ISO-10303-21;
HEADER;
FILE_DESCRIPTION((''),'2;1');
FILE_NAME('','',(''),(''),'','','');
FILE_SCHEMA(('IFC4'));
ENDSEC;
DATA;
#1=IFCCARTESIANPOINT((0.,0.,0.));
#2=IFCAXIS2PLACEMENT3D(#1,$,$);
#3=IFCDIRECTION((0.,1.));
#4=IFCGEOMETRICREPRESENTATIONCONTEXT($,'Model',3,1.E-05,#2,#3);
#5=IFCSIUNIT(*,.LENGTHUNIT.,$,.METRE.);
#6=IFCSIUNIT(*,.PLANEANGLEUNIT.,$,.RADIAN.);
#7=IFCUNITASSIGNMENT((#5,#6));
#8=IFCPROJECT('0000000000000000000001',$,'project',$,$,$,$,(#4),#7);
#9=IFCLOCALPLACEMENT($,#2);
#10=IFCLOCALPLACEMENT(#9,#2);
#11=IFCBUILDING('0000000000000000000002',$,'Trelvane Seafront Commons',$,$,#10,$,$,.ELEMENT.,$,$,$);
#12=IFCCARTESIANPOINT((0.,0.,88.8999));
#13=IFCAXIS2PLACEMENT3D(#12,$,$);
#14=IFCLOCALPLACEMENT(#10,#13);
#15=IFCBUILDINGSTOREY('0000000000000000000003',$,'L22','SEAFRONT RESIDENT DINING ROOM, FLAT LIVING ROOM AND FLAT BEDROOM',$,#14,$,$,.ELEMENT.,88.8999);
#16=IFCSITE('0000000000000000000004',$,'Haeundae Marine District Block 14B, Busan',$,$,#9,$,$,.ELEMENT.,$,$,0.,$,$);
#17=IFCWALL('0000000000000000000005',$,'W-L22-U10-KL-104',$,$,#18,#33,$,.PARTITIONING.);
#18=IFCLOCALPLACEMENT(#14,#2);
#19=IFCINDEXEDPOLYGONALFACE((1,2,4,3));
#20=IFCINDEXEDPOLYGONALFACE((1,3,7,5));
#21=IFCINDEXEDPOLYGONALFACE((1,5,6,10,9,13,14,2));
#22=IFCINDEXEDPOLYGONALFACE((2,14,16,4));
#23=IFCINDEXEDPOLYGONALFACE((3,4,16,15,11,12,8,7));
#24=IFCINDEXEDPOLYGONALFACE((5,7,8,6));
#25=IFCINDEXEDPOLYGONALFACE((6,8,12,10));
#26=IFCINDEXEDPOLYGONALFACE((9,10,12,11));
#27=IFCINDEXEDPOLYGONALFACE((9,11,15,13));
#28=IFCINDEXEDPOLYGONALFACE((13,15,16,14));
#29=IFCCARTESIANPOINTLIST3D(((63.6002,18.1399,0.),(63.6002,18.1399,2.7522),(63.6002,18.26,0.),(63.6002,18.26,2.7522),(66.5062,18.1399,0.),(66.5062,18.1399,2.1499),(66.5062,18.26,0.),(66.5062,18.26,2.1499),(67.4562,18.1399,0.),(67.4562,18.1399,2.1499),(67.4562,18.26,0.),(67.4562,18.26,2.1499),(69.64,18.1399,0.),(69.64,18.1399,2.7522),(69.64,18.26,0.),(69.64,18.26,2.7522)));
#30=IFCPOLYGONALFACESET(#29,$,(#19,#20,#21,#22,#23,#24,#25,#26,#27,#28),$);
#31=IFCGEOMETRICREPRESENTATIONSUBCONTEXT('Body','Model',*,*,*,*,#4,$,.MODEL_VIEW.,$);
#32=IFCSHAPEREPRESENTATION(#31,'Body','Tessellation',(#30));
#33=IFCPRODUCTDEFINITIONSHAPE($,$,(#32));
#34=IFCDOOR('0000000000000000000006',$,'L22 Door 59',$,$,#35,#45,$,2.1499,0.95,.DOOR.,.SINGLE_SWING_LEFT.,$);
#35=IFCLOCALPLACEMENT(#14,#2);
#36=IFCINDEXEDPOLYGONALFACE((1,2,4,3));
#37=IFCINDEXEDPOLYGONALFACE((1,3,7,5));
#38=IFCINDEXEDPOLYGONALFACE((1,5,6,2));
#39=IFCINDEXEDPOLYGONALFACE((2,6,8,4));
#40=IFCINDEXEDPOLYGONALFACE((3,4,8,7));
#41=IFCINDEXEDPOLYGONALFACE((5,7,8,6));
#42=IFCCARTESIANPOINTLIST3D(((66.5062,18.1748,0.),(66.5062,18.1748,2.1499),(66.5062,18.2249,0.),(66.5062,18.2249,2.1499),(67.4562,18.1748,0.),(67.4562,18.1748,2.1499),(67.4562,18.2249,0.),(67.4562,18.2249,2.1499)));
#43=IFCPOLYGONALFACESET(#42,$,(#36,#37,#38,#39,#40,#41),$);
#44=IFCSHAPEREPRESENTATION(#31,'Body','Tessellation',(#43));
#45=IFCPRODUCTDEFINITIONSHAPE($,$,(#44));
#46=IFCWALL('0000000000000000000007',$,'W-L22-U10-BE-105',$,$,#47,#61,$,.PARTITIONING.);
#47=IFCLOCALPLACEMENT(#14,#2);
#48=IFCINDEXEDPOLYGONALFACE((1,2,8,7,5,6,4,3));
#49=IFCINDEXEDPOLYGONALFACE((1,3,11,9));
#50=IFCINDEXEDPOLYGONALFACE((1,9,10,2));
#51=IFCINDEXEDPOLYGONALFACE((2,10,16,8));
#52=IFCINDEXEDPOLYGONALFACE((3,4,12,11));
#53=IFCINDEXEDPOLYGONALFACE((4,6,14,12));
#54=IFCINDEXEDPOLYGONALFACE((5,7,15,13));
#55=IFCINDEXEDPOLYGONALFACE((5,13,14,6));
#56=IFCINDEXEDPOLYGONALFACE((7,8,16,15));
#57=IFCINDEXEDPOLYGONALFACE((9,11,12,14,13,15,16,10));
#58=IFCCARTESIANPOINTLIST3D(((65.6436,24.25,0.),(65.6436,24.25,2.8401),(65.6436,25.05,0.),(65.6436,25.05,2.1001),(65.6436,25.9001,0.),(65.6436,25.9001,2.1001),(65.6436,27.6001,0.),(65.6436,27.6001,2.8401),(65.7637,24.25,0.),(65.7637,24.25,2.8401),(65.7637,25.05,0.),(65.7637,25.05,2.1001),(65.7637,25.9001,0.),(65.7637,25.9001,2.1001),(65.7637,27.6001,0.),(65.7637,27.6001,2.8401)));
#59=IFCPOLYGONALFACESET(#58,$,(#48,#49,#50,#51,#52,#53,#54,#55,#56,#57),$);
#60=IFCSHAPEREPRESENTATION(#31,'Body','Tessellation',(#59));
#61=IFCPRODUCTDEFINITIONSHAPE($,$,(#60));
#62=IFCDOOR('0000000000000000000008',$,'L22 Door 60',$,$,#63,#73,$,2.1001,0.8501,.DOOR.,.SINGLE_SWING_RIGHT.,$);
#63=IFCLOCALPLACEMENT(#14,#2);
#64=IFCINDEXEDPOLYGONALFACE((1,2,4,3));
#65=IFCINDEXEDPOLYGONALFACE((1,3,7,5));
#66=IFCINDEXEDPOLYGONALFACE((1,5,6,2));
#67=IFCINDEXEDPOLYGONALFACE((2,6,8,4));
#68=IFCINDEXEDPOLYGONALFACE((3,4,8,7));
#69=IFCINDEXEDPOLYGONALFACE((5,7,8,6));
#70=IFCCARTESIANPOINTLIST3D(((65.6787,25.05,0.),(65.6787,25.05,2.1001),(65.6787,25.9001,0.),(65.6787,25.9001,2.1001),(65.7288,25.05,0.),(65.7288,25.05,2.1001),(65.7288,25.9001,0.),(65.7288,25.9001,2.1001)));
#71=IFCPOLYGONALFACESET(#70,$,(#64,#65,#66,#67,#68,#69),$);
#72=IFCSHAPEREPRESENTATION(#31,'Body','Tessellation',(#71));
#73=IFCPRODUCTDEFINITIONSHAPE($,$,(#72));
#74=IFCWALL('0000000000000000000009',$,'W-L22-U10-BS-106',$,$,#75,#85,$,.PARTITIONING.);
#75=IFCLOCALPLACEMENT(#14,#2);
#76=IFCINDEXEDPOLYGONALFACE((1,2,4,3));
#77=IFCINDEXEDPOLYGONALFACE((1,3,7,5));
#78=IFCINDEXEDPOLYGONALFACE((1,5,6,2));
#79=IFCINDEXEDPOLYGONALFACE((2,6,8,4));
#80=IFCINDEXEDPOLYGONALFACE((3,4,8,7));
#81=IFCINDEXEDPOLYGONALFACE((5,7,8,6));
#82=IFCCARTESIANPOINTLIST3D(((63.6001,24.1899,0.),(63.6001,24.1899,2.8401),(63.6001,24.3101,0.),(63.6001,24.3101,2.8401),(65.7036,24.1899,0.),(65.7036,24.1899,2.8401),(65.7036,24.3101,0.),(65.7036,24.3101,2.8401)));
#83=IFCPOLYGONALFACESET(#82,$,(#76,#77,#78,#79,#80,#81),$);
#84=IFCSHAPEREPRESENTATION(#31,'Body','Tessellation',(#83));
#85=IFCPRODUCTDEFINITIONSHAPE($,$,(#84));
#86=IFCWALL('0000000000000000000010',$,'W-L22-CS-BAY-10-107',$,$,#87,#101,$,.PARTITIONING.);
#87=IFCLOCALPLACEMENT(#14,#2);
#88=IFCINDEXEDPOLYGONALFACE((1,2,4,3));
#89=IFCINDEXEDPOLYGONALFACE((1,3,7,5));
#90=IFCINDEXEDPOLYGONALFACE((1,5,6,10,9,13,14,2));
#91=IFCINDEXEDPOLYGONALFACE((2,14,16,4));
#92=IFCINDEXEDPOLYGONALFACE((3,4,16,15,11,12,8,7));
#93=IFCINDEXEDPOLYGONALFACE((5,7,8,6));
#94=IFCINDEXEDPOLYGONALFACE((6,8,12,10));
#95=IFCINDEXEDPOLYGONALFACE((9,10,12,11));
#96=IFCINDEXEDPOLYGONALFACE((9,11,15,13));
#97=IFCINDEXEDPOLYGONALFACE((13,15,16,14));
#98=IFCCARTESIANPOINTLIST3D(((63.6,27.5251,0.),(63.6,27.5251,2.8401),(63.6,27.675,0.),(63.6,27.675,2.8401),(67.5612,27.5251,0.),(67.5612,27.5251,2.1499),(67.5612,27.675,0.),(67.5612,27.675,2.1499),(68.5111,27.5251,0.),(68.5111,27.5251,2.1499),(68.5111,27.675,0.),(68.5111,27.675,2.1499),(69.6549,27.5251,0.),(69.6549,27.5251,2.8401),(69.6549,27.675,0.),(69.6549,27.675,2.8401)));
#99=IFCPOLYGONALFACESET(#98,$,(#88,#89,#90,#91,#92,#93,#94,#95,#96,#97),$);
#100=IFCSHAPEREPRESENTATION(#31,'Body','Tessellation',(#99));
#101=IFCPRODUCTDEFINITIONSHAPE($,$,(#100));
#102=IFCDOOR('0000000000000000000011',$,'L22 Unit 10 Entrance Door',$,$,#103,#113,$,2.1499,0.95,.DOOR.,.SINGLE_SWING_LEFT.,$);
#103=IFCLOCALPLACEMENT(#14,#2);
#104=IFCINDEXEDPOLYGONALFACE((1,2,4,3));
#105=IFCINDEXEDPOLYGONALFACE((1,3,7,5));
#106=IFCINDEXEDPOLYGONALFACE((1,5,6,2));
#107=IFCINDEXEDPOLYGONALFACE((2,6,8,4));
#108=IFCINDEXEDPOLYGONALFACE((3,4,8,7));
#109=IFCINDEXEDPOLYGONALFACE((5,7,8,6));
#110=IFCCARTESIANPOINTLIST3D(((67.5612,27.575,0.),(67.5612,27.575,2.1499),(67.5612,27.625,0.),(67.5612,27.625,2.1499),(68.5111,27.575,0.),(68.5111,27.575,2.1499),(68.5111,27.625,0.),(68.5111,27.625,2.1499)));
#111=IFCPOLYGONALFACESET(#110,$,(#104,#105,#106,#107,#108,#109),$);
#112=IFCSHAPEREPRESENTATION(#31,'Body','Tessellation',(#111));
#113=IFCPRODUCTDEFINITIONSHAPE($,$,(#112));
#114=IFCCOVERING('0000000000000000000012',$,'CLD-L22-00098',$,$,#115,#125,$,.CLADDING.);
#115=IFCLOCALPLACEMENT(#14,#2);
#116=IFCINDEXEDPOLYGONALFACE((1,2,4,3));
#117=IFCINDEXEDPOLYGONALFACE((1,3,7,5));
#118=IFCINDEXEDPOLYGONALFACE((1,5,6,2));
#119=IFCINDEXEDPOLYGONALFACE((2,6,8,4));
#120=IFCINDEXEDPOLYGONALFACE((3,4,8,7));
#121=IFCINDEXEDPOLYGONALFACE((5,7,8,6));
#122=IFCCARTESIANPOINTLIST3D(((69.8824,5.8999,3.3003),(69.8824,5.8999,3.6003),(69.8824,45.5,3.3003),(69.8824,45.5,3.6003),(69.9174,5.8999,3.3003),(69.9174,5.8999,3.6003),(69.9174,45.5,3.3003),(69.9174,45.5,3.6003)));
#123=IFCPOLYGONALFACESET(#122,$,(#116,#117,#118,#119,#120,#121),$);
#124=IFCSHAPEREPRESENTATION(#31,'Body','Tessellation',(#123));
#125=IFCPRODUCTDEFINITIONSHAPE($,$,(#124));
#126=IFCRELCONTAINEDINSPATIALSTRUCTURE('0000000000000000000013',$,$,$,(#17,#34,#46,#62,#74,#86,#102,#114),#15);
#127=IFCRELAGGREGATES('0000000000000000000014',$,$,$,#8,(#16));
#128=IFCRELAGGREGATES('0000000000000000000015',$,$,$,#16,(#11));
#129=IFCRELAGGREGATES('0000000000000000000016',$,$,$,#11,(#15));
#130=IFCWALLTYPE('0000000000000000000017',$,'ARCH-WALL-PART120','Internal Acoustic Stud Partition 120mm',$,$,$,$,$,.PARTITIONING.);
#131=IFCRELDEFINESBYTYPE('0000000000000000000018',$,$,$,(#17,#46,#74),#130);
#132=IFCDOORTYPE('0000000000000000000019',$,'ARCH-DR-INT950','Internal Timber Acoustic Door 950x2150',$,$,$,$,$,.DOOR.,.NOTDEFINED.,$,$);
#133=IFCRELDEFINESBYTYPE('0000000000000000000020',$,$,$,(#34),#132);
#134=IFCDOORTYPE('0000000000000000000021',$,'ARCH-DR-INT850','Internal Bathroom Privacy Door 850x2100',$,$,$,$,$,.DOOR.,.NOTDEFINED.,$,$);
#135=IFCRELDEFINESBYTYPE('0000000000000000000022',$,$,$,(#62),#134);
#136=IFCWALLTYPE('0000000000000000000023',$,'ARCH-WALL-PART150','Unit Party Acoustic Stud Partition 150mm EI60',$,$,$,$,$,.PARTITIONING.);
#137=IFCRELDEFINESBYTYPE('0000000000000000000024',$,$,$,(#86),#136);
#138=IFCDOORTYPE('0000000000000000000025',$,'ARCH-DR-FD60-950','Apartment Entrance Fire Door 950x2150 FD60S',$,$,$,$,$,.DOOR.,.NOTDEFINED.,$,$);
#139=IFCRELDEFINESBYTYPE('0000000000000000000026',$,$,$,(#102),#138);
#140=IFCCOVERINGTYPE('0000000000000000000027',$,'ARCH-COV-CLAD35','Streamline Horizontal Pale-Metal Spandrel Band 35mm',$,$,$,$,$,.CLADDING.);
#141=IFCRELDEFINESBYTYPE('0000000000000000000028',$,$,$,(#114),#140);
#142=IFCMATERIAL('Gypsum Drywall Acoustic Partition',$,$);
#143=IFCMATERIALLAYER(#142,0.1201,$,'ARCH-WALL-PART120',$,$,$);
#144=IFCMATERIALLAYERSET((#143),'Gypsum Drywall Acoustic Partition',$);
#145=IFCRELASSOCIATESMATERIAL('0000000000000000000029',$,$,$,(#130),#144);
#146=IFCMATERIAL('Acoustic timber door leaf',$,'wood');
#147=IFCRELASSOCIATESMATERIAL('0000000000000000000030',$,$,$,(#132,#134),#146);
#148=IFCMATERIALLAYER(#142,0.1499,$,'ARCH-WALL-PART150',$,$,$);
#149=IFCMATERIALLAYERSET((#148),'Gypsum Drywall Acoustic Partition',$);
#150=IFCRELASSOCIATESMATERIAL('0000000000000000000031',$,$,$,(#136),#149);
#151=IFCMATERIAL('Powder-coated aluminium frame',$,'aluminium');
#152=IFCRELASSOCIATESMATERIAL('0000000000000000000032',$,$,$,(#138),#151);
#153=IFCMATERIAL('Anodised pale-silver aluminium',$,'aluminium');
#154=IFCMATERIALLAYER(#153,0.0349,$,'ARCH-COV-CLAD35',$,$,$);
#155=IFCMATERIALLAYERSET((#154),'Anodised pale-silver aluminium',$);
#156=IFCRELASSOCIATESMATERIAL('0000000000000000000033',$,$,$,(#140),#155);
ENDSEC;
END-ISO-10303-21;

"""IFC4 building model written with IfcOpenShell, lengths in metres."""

from ifc_helpers import new_model, si_unit, direction, frame, frame_2d, origin, origin_2d, place, context, subcontext, project, spatial, rectangle, extrude, source, transform, mapped, material, layer, layer_set, type_object, element, fill, save


model = new_model("IFC4")

# Units and contexts
model_context = context("Model", 3, precision=1e-05, world=origin(), true_north=direction((0.0, 1.0)))
body_context = subcontext(model_context, "Body", "Model", "MODEL_VIEW")
ifc_project = project(units=[si_unit("LENGTHUNIT", "METRE"), si_unit("PLANEANGLEUNIT", "RADIAN")], contexts=[model_context])

# Site, building, storey
site_placement = place(None, origin())
site = spatial("IfcSite", under=ifc_project, at=site_placement, Name="Haeundae Marine District Block 14B, Busan", CompositionType="ELEMENT", RefElevation=0.0)
building_placement = place(site_placement, origin())
building = spatial("IfcBuilding", under=site, at=building_placement, Name="Trelvane Seafront Commons", CompositionType="ELEMENT")
storey_placement = place(building_placement, frame((0.0, 0.0, 88.8999)))
storey = spatial("IfcBuildingStorey", under=building, at=storey_placement, Name="L22", Description="SEAFRONT RESIDENT DINING ROOM, FLAT LIVING ROOM AND FLAT BEDROOM", CompositionType="ELEMENT", Elevation=88.8999)

# Shared definitions
ifc_material_1 = material(Name="Anodised pale-silver aluminium", Category="aluminium")

# Shared definitions
ifc_material_2 = material(Name="Gypsum Drywall Acoustic Partition")
ifc_layer_1 = layer(ifc_material_2, 0.1201, Name="ARCH-WALL-PART120")
ifc_layer_set_1 = layer_set([ifc_layer_1], Name="Gypsum Drywall Acoustic Partition")
wall_type_1 = type_object("IfcWallType", Name="ARCH-WALL-PART120", Description="Internal Acoustic Stud Partition 120mm", PredefinedType="PARTITIONING", material=ifc_layer_set_1)

# Walls, openings, doors
wall_1_placement = place(storey_placement, frame((63.6001, 18.2, 0.0), z_axis=(0.0, 0.0, 1.0), x_axis=(1.0, 0.0, 0.0)))
wall_1 = element("IfcWall", 1, at=wall_1_placement, inside=storey, type_object=wall_type_1, Name="W-L22-U10-KL-104", PredefinedType="PARTITIONING", context=body_context, shape_type="SweptSolid", body=[
    extrude(rectangle(XDim=6.0398, YDim=0.1201, at=frame_2d((3.02, 0.0))), origin(), (0.0, 0.0, 1.0), 2.7522),
])
opening_1_placement = place(wall_1_placement, frame((2.906, 0.0, 0.0)))
opening_1 = element("IfcOpeningElement", 2, at=opening_1_placement, cuts=wall_1, PredefinedType="OPENING", context=body_context, shape_type="SweptSolid", body=[
    extrude(rectangle(XDim=0.95, YDim=2.1499, at=frame_2d((0.4751, 1.075))), frame((0.0, 0.0701, 0.0), z_axis=(0.0, -1.0, 0.0), x_axis=(1.0, 0.0, 0.0)), (0.0, 0.0, 1.0), 0.1401),
])
ifc_material_3 = material(Name="Acoustic timber door leaf", Category="wood")
door_type_1 = type_object("IfcDoorType", Name="ARCH-DR-INT950", Description="Internal Timber Acoustic Door 950x2150", OperationType="NOTDEFINED", PredefinedType="DOOR", material=ifc_material_3)
shared_shape_1 = source(origin(), body_context, "Body", "SweptSolid", [
    extrude(rectangle(XDim=0.95, YDim=2.1499, at=frame_2d((0.4751, 1.075))), frame((0.0, 0.0249, 0.0), z_axis=(0.0, -1.0, 0.0), x_axis=(1.0, 0.0, 0.0)), (0.0, 0.0, 1.0), 0.05),
])
door_1_placement = place(opening_1_placement, origin())
door_1 = element("IfcDoor", 3, at=door_1_placement, inside=storey, type_object=door_type_1, Name="L22 Door 59", OperationType="SINGLE_SWING_LEFT", OverallHeight=2.1499, OverallWidth=0.95, PredefinedType="DOOR", context=body_context, shape_type="MappedRepresentation", body=[
    mapped(shared_shape_1, transform((0.0, 0.0, 0.0), x_axis=(1.0, 0.0, 0.0), y_axis=(0.0, 1.0, 0.0), z_axis=(0.0, 0.0, 1.0), scale=1.0)),
])
fill(opening_1, door_1)
wall_2_placement = place(storey_placement, frame((65.7036, 24.25, 0.0), z_axis=(0.0, 0.0, 1.0), x_axis=(0.0, 1.0, 0.0)))
wall_2 = element("IfcWall", 4, at=wall_2_placement, inside=storey, type_object=wall_type_1, Name="W-L22-U10-BE-105", PredefinedType="PARTITIONING", context=body_context, shape_type="SweptSolid", body=[
    extrude(rectangle(XDim=3.3501, YDim=0.1201, at=frame_2d((1.675, 0.0))), origin(), (0.0, 0.0, 1.0), 2.8401),
])
opening_2_placement = place(wall_2_placement, frame((0.8, 0.0, 0.0)))
opening_2 = element("IfcOpeningElement", 5, at=opening_2_placement, cuts=wall_2, PredefinedType="OPENING", context=body_context, shape_type="SweptSolid", body=[
    extrude(rectangle(XDim=0.8501, YDim=2.1001, at=frame_2d((0.425, 1.05))), frame((0.0, 0.0701, 0.0), z_axis=(0.0, -1.0, 0.0), x_axis=(1.0, 0.0, 0.0)), (0.0, 0.0, 1.0), 0.1401),
])
door_type_2 = type_object("IfcDoorType", Name="ARCH-DR-INT850", Description="Internal Bathroom Privacy Door 850x2100", OperationType="NOTDEFINED", PredefinedType="DOOR", material=ifc_material_3)
shared_shape_2 = source(origin(), body_context, "Body", "SweptSolid", [
    extrude(rectangle(XDim=0.8501, YDim=2.1001, at=frame_2d((0.425, 1.05))), frame((0.0, 0.0249, 0.0), z_axis=(0.0, -1.0, 0.0), x_axis=(1.0, 0.0, 0.0)), (0.0, 0.0, 1.0), 0.05),
])
door_2_placement = place(opening_2_placement, origin())
door_2 = element("IfcDoor", 6, at=door_2_placement, inside=storey, type_object=door_type_2, Name="L22 Door 60", OperationType="SINGLE_SWING_RIGHT", OverallHeight=2.1001, OverallWidth=0.8501, PredefinedType="DOOR", context=body_context, shape_type="MappedRepresentation", body=[
    mapped(shared_shape_2, transform((0.0, 0.0, 0.0), x_axis=(1.0, 0.0, 0.0), y_axis=(0.0, 1.0, 0.0), z_axis=(0.0, 0.0, 1.0), scale=1.0)),
])
fill(opening_2, door_2)

# Wall
wall_3_placement = place(storey_placement, frame((63.6001, 24.25, 0.0), z_axis=(0.0, 0.0, 1.0), x_axis=(1.0, 0.0, 0.0)))
element("IfcWall", 7, at=wall_3_placement, inside=storey, type_object=wall_type_1, Name="W-L22-U10-BS-106", PredefinedType="PARTITIONING", context=body_context, shape_type="SweptSolid", body=[
    extrude(rectangle(XDim=2.1035, YDim=0.1201, at=frame_2d((1.0518, 0.0))), origin(), (0.0, 0.0, 1.0), 2.8401),
])

# Wall, opening, door
ifc_layer_2 = layer(ifc_material_2, 0.1499, Name="ARCH-WALL-PART150")
ifc_layer_set_2 = layer_set([ifc_layer_2], Name="Gypsum Drywall Acoustic Partition")
wall_type_2 = type_object("IfcWallType", Name="ARCH-WALL-PART150", Description="Unit Party Acoustic Stud Partition 150mm EI60", PredefinedType="PARTITIONING", material=ifc_layer_set_2)
wall_4_placement = place(storey_placement, frame((63.6001, 27.6001, 0.0), z_axis=(0.0, 0.0, 1.0), x_axis=(1.0, 0.0, 0.0)))
wall_4 = element("IfcWall", 8, at=wall_4_placement, inside=storey, type_object=wall_type_2, Name="W-L22-CS-BAY-10-107", PredefinedType="PARTITIONING", context=body_context, shape_type="SweptSolid", body=[
    extrude(rectangle(XDim=6.0549, YDim=0.1499, at=frame_2d((3.0273, 0.0))), origin(), (0.0, 0.0, 1.0), 2.8401),
])
opening_3_placement = place(wall_4_placement, frame((3.9609, 0.0, 0.0)))
opening_3 = element("IfcOpeningElement", 9, at=opening_3_placement, cuts=wall_4, PredefinedType="OPENING", context=body_context, shape_type="SweptSolid", body=[
    extrude(rectangle(XDim=0.95, YDim=2.1499, at=frame_2d((0.4751, 1.075))), frame((0.0, 0.085, 0.0), z_axis=(0.0, -1.0, 0.0), x_axis=(1.0, 0.0, 0.0)), (0.0, 0.0, 1.0), 0.1699),
])
ifc_material_4 = material(Name="Powder-coated aluminium frame", Category="aluminium")
door_type_3 = type_object("IfcDoorType", Name="ARCH-DR-FD60-950", Description="Apartment Entrance Fire Door 950x2150 FD60S", OperationType="NOTDEFINED", PredefinedType="DOOR", material=ifc_material_4)
door_3_placement = place(opening_3_placement, origin())
door_3 = element("IfcDoor", 10, at=door_3_placement, inside=storey, type_object=door_type_3, Name="L22 Unit 10 Entrance Door", OperationType="SINGLE_SWING_LEFT", OverallHeight=2.1499, OverallWidth=0.95, PredefinedType="DOOR", context=body_context, shape_type="MappedRepresentation", body=[
    mapped(shared_shape_1, transform((0.0, 0.0, 0.0), x_axis=(1.0, 0.0, 0.0), y_axis=(0.0, 1.0, 0.0), z_axis=(0.0, 0.0, 1.0), scale=1.0)),
])
fill(opening_3, door_3)

# Covering
ifc_layer_3 = layer(ifc_material_1, 0.0349, Name="ARCH-COV-CLAD35")
ifc_layer_set_3 = layer_set([ifc_layer_3], Name="Anodised pale-silver aluminium")
covering_type = type_object("IfcCoveringType", Name="ARCH-COV-CLAD35", Description="Streamline Horizontal Pale-Metal Spandrel Band 35mm", PredefinedType="CLADDING", material=ifc_layer_set_3)
shared_shape_3 = source(origin(), body_context, "Body", "SweptSolid", [
    extrude(rectangle(XDim=39.6001, YDim=0.0349, at=origin_2d()), origin(), (0.0, 0.0, 1.0), 0.3),
])
covering_placement = place(storey_placement, frame((69.8999, 25.7, 3.3003), z_axis=(0.0, 0.0, 1.0), x_axis=(0.0, -1.0, 0.0)))
element("IfcCovering", 11, at=covering_placement, inside=storey, type_object=covering_type, Name="CLD-L22-00098", PredefinedType="CLADDING", context=body_context, shape_type="MappedRepresentation", body=[
    mapped(shared_shape_3, transform((0.0, 0.0, 0.0), x_axis=(1.0, 0.0, 0.0), y_axis=(0.0, 1.0, 0.0), z_axis=(0.0, 0.0, 1.0), scale=1.0)),
])

save(model, "model.ifc")
